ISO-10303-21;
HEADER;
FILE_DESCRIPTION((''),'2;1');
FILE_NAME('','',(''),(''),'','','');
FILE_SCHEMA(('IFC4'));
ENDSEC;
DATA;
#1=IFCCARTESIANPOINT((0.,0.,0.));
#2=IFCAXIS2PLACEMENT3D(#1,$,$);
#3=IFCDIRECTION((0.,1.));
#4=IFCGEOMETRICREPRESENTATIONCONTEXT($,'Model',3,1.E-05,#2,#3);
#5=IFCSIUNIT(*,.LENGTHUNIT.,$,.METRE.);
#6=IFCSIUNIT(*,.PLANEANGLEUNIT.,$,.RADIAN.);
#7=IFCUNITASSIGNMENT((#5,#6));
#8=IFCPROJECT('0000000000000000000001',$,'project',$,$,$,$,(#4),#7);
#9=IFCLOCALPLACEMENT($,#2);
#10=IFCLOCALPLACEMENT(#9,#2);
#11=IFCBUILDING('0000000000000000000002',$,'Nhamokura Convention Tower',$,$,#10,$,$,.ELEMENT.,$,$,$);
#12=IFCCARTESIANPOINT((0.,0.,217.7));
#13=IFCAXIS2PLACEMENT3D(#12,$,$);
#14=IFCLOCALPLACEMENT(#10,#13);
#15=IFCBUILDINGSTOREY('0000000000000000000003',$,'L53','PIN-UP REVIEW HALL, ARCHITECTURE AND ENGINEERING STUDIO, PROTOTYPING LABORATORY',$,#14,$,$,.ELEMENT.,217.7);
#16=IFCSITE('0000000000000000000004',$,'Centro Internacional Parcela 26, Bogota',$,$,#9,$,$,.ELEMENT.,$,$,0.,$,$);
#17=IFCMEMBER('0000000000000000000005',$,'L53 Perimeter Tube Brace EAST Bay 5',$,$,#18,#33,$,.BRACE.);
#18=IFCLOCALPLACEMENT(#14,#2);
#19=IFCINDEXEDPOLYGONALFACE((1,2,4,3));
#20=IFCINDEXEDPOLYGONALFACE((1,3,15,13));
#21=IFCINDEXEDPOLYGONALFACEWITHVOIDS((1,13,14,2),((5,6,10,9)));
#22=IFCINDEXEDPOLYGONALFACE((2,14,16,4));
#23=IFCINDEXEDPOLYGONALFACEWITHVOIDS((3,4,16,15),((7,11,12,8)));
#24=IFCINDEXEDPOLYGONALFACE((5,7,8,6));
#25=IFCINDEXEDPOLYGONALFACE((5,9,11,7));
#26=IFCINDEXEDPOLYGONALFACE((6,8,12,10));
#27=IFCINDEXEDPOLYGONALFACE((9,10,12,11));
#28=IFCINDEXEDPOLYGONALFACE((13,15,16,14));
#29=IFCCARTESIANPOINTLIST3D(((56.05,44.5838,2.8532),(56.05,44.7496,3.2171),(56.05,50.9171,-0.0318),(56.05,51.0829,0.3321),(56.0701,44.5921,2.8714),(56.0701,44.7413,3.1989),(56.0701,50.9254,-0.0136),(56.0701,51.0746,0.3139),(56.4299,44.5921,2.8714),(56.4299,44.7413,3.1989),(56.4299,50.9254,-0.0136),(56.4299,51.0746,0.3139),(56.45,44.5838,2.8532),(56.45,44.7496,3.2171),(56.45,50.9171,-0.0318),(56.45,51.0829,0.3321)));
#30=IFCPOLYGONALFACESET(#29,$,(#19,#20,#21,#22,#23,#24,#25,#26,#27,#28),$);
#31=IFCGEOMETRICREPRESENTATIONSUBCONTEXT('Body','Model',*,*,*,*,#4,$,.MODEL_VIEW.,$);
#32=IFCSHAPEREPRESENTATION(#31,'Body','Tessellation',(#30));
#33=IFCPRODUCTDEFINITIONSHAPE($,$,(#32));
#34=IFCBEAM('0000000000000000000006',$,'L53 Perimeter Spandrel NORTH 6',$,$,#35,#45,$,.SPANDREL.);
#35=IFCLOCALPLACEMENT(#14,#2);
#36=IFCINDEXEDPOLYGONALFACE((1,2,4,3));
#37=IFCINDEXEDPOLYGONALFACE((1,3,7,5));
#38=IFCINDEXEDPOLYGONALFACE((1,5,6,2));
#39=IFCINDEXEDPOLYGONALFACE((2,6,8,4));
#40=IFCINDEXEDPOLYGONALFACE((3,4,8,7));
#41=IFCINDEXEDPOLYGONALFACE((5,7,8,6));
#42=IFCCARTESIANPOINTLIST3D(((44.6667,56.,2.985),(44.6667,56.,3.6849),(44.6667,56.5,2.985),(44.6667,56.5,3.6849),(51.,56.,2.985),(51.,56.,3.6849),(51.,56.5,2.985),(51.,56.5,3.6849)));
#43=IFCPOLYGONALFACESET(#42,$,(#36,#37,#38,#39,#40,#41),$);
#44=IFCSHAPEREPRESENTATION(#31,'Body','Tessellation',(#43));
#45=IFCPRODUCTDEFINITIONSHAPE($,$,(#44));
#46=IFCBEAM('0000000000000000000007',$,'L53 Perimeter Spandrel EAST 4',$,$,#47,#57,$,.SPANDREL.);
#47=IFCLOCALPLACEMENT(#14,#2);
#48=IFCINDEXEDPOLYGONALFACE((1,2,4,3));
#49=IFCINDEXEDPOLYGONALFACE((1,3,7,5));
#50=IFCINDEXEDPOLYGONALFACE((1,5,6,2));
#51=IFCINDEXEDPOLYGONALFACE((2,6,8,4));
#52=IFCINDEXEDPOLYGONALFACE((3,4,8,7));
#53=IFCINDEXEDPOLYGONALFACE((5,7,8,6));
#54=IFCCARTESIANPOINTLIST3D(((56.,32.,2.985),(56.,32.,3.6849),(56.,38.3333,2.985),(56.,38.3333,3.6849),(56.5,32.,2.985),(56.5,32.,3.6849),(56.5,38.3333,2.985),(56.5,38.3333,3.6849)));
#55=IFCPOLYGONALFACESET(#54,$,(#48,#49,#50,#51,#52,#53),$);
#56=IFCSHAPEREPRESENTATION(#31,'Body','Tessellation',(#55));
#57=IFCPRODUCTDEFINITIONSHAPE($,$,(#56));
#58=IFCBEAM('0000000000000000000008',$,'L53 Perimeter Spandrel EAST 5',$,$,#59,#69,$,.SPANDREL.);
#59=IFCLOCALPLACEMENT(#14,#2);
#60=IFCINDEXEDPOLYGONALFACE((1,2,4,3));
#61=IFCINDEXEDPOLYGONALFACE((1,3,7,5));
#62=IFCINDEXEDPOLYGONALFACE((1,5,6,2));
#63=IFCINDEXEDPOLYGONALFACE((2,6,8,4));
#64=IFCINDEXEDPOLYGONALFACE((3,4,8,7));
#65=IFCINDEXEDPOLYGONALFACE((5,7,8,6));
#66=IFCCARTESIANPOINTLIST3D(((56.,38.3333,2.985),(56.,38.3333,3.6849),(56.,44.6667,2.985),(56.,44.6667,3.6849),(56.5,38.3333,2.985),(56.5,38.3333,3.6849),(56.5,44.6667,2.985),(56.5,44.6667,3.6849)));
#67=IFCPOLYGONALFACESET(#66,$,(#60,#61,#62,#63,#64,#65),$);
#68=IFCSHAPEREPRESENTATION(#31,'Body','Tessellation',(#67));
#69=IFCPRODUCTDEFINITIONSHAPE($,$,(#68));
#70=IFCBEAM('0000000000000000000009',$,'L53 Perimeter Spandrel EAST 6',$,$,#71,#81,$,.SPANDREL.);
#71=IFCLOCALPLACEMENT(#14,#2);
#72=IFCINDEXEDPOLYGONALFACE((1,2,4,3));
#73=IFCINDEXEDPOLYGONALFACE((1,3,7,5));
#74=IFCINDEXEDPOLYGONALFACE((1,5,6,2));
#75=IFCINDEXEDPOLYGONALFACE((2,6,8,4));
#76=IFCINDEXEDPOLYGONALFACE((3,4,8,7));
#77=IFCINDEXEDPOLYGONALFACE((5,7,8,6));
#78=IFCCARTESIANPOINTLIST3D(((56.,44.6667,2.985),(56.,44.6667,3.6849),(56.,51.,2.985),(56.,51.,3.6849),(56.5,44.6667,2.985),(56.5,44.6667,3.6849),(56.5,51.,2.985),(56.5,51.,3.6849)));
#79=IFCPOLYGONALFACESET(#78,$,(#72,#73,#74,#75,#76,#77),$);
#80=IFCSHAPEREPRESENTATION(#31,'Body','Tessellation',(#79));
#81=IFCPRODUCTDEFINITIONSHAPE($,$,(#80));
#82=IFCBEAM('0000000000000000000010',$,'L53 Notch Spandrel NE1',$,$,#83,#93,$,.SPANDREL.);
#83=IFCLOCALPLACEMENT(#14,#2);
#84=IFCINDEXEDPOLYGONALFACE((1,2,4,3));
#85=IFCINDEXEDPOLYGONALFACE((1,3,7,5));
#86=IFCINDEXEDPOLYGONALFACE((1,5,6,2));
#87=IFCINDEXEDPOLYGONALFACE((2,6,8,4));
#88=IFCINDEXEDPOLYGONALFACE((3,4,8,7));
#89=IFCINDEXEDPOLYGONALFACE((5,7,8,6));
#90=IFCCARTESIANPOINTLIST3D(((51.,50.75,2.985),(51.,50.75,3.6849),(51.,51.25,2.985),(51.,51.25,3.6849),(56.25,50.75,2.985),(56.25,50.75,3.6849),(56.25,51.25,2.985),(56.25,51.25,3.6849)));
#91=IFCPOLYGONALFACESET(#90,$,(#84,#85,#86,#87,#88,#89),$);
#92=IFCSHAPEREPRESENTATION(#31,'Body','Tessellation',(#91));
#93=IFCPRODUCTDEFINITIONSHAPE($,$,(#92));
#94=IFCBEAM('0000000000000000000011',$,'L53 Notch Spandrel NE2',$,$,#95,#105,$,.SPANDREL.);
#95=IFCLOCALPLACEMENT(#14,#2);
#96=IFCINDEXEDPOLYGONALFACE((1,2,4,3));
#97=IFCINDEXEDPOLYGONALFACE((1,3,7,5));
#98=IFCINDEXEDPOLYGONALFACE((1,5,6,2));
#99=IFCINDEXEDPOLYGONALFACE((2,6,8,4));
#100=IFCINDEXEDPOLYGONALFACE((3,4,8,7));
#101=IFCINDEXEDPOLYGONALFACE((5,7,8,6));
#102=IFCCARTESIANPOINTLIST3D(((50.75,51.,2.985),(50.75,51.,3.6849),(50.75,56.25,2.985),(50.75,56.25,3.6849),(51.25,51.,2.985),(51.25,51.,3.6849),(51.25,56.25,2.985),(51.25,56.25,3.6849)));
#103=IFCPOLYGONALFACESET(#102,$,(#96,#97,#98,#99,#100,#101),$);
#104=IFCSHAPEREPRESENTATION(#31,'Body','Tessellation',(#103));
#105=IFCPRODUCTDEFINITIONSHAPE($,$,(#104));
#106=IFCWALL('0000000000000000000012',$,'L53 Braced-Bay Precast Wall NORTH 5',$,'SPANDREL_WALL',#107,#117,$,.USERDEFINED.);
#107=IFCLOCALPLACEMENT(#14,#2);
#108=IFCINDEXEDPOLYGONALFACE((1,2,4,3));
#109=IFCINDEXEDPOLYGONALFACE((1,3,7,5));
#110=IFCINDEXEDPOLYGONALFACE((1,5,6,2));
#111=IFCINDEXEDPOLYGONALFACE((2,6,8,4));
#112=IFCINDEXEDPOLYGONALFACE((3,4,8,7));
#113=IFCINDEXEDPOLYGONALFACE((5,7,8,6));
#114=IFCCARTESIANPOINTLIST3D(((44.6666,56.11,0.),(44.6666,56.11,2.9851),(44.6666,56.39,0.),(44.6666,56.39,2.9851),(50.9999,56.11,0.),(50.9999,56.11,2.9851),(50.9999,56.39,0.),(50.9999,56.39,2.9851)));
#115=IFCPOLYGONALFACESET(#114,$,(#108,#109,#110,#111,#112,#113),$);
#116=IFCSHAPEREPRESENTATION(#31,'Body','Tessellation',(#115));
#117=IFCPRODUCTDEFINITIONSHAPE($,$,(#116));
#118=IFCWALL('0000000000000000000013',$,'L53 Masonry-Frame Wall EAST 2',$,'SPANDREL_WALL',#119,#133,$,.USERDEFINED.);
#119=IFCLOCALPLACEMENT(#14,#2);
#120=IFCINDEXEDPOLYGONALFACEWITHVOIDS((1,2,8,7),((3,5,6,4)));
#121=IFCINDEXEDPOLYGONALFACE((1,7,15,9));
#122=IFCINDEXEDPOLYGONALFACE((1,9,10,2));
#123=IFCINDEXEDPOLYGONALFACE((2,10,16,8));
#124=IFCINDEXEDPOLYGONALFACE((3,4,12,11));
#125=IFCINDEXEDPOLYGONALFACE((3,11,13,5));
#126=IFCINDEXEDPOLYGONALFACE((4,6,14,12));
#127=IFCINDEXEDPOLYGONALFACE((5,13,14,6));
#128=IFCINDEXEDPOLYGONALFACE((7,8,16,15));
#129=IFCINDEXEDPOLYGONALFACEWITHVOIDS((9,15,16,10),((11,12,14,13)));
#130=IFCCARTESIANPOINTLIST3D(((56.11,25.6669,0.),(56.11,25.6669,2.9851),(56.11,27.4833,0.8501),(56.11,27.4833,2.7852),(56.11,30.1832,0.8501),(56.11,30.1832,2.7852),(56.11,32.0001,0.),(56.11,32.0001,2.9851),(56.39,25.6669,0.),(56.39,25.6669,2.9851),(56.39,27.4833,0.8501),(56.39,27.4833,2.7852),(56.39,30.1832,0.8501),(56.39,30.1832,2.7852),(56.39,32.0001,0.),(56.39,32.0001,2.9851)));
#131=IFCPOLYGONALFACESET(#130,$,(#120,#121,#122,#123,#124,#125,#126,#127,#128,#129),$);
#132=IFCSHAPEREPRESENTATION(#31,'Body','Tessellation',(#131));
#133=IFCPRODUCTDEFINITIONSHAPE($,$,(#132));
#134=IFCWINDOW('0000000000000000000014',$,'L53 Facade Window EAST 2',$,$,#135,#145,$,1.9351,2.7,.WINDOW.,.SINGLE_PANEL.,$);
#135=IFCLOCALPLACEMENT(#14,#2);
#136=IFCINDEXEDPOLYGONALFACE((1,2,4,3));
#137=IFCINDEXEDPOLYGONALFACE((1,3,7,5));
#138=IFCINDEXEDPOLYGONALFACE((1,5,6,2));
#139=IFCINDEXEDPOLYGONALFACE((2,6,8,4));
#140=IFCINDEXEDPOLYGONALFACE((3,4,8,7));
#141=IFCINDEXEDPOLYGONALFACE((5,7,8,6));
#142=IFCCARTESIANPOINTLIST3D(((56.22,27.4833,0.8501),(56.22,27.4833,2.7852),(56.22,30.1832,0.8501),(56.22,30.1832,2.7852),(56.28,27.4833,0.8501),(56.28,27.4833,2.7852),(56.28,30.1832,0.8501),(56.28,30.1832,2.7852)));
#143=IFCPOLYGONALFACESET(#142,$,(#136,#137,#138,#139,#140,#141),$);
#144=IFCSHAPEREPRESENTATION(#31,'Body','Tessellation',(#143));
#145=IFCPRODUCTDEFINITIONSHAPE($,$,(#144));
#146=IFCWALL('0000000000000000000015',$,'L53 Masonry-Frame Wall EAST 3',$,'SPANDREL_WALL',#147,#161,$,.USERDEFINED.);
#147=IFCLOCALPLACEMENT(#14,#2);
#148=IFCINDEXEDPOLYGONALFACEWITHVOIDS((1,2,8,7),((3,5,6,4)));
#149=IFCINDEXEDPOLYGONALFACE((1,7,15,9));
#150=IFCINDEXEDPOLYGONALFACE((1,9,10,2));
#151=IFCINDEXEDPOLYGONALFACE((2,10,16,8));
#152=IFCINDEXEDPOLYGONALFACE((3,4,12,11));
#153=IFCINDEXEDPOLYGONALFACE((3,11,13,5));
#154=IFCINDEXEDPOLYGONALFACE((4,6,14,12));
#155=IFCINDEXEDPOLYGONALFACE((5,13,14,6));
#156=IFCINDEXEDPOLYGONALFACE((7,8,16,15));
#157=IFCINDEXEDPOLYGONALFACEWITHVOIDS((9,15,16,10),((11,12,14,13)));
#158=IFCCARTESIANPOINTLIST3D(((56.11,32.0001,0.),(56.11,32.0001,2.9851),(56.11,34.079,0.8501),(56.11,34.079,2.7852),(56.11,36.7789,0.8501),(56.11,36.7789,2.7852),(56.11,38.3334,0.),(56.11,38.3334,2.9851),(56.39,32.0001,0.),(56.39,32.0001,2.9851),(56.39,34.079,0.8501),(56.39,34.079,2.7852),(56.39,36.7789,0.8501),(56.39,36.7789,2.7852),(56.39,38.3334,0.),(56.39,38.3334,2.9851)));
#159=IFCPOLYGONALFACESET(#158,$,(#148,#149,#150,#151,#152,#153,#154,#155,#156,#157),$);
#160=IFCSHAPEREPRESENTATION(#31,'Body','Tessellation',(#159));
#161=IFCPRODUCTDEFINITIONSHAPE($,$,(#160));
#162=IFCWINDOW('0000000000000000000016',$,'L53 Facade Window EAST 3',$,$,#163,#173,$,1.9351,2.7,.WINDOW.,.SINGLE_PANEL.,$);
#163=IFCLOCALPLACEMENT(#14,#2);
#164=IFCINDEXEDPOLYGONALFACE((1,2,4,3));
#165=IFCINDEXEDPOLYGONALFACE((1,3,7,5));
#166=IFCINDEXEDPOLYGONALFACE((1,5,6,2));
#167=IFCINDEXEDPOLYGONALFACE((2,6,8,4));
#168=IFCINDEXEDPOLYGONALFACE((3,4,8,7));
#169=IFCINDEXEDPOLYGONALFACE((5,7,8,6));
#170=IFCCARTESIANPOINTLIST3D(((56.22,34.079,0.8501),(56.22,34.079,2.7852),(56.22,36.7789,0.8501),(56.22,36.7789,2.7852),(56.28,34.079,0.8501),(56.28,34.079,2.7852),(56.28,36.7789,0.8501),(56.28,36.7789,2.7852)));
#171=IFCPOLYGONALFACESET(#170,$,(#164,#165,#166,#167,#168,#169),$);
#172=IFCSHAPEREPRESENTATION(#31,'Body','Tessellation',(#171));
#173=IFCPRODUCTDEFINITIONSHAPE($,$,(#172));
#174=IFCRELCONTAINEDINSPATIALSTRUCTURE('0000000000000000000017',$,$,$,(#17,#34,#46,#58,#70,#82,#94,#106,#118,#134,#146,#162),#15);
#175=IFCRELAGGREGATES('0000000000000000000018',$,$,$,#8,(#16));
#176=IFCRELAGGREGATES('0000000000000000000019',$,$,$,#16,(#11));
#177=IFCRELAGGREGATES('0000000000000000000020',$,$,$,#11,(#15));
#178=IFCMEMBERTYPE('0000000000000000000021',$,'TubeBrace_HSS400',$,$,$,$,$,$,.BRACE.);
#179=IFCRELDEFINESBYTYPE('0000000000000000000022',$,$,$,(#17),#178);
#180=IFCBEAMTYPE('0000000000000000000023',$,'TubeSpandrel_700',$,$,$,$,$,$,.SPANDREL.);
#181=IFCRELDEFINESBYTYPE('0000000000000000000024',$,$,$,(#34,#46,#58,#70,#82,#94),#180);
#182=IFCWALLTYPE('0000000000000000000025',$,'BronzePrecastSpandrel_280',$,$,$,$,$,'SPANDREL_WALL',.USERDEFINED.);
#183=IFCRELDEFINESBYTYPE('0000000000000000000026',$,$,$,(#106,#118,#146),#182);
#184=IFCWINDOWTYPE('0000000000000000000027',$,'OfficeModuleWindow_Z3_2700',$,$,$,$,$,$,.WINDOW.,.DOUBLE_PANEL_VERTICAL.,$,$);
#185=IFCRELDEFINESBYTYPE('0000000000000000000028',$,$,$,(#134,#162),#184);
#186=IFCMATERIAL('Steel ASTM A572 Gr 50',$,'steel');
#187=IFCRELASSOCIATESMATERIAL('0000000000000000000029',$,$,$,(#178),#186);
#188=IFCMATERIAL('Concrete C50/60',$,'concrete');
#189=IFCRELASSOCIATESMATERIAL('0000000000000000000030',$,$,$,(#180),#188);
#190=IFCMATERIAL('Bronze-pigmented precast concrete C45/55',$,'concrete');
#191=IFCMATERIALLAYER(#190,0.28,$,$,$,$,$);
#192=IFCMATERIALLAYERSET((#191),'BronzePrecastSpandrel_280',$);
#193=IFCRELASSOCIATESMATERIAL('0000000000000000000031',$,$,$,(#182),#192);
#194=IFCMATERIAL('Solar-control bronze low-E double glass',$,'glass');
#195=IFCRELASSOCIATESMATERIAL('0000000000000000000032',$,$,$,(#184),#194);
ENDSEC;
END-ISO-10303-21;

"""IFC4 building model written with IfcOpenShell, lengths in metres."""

from ifc_helpers import new_model, si_unit, direction, frame, frame_2d, origin, origin_2d, place, context, subcontext, project, spatial, rectangle, hollow_rectangle, extrude, material, layer, layer_set, material_profile, profile_set, type_object, element, fill, save


model = new_model("IFC4")

# Units and contexts
model_context = context("Model", 3, precision=1e-05, world=origin(), true_north=direction((0.0, 1.0)))
body_context = subcontext(model_context, "Body", "Model", "MODEL_VIEW")
ifc_project = project(units=[si_unit("LENGTHUNIT", "METRE"), si_unit("PLANEANGLEUNIT", "RADIAN")], contexts=[model_context])

# Site, building, storey
site_placement = place(None, origin())
site = spatial("IfcSite", under=ifc_project, at=site_placement, Name="Centro Internacional Parcela 26, Bogota", CompositionType="ELEMENT", RefElevation=0.0)
building_placement = place(site_placement, origin())
building = spatial("IfcBuilding", under=site, at=building_placement, Name="Nhamokura Convention Tower", CompositionType="ELEMENT")
storey_placement = place(building_placement, frame((0.0, 0.0, 217.7)))
storey = spatial("IfcBuildingStorey", under=building, at=storey_placement, Name="L53", Description="PIN-UP REVIEW HALL, ARCHITECTURE AND ENGINEERING STUDIO, PROTOTYPING LABORATORY", CompositionType="ELEMENT", Elevation=217.7)

# Member
ifc_material_1 = material(Name="Steel ASTM A572 Gr 50", Category="steel")
ifc_material_profile_1 = material_profile(ifc_material_1, hollow_rectangle(XDim=0.3999, YDim=0.3999, WallThickness=0.02, at=origin_2d()))
ifc_profile_set_1 = profile_set([ifc_material_profile_1], Name="Steel ASTM A572 Gr 50")
member_type_1 = type_object("IfcMemberType", Name="TubeBrace_HSS400", PredefinedType="BRACE", material=ifc_profile_set_1)
for number, where, z_axis, x_axis, name in (
    (1, (56.25, 51.0, 0.1501), (0.0, -0.910027, 0.414548), (1.0, 0.0, 0.0), "L53 Perimeter Tube Brace EAST Bay 5"),
):
    element("IfcMember", number, at=place(storey_placement, frame(where, z_axis=z_axis, x_axis=x_axis)), inside=storey, type_object=member_type_1, Name=name, PredefinedType="BRACE", context=body_context, shape_type="SweptSolid", body=[
        extrude(hollow_rectangle(XDim=0.3999, YDim=0.3999, WallThickness=0.02, at=origin_2d()), origin(), (0.0, 0.0, 1.0), 6.9595),
    ])

# Beams
ifc_material_2 = material(Name="Concrete C50/60", Category="concrete")
ifc_material_profile_2 = material_profile(ifc_material_2, rectangle(XDim=0.5, YDim=0.7, at=origin_2d()))
ifc_profile_set_2 = profile_set([ifc_material_profile_2], Name="Concrete C50/60")
beam_type_1 = type_object("IfcBeamType", Name="TubeSpandrel_700", PredefinedType="SPANDREL", material=ifc_profile_set_2)
for number, where, z_axis, x_axis, name in (
    (2, (44.6667, 56.25, 3.335), (1.0, 0.0, 0.0), (0.0, 1.0, 0.0), "L53 Perimeter Spandrel NORTH 6"),
    (3, (56.25, 32.0, 3.335), (0.0, 1.0, 0.0), (-1.0, 0.0, 0.0), "L53 Perimeter Spandrel EAST 4"),
):
    element("IfcBeam", number, at=place(storey_placement, frame(where, z_axis=z_axis, x_axis=x_axis)), inside=storey, type_object=beam_type_1, Name=name, PredefinedType="SPANDREL", context=body_context, shape_type="SweptSolid", body=[
        extrude(rectangle(XDim=0.5, YDim=0.7, at=origin_2d()), origin(), (0.0, 0.0, 1.0), 6.3333),
    ])
beam_1_placement = place(storey_placement, frame((56.25, 38.3333, 3.335), z_axis=(0.0, 1.0, 0.0), x_axis=(-1.0, 0.0, 0.0)))
element("IfcBeam", 4, at=beam_1_placement, inside=storey, type_object=beam_type_1, Name="L53 Perimeter Spandrel EAST 5", PredefinedType="SPANDREL", context=body_context, shape_type="SweptSolid", body=[
    extrude(rectangle(XDim=0.5, YDim=0.7, at=origin_2d()), origin(), (0.0, 0.0, 1.0), 6.3335),
])
beam_2_placement = place(storey_placement, frame((56.25, 44.6667, 3.335), z_axis=(0.0, 1.0, 0.0), x_axis=(-1.0, 0.0, 0.0)))
element("IfcBeam", 5, at=beam_2_placement, inside=storey, type_object=beam_type_1, Name="L53 Perimeter Spandrel EAST 6", PredefinedType="SPANDREL", context=body_context, shape_type="SweptSolid", body=[
    extrude(rectangle(XDim=0.5, YDim=0.7, at=origin_2d()), origin(), (0.0, 0.0, 1.0), 6.3333),
])
for number, where, z_axis, x_axis, name in (
    (6, (56.25, 51.0, 3.335), (-1.0, 0.0, 0.0), (0.0, -1.0, 0.0), "L53 Notch Spandrel NE1"),
    (7, (51.0, 51.0, 3.335), (0.0, 1.0, 0.0), (-1.0, 0.0, 0.0), "L53 Notch Spandrel NE2"),
):
    element("IfcBeam", number, at=place(storey_placement, frame(where, z_axis=z_axis, x_axis=x_axis)), inside=storey, type_object=beam_type_1, Name=name, PredefinedType="SPANDREL", context=body_context, shape_type="SweptSolid", body=[
        extrude(rectangle(XDim=0.5, YDim=0.7, at=origin_2d()), origin(), (0.0, 0.0, 1.0), 5.25),
    ])

# Wall
ifc_material_3 = material(Name="Bronze-pigmented precast concrete C45/55", Category="concrete")
ifc_layer_1 = layer(ifc_material_3, 0.28)
ifc_layer_set_1 = layer_set([ifc_layer_1], Name="BronzePrecastSpandrel_280")
wall_type_1 = type_object("IfcWallType", Name="BronzePrecastSpandrel_280", ElementType="SPANDREL_WALL", PredefinedType="USERDEFINED", material=ifc_layer_set_1)
wall_1_placement = place(storey_placement, frame((44.6667, 56.25, 0.0), z_axis=(0.0, 0.0, 1.0), x_axis=(1.0, 0.0, 0.0)))
element("IfcWall", 8, at=wall_1_placement, inside=storey, type_object=wall_type_1, Name="L53 Braced-Bay Precast Wall NORTH 5", ObjectType="SPANDREL_WALL", PredefinedType="USERDEFINED", context=body_context, shape_type="SweptSolid", body=[
    extrude(rectangle(XDim=6.3333, YDim=0.28, at=frame_2d((3.1665, 0.0))), origin(), (0.0, 0.0, 1.0), 2.9851),
])

# Walls, openings, windows
wall_2_placement = place(storey_placement, frame((56.25, 32.0, 0.0), z_axis=(0.0, 0.0, 1.0), x_axis=(0.0, -1.0, 0.0)))
wall_2 = element("IfcWall", 9, at=wall_2_placement, inside=storey, type_object=wall_type_1, Name="L53 Masonry-Frame Wall EAST 2", ObjectType="SPANDREL_WALL", PredefinedType="USERDEFINED", context=body_context, shape_type="SweptSolid", body=[
    extrude(rectangle(XDim=6.3333, YDim=0.28, at=frame_2d((3.1665, 0.0))), origin(), (0.0, 0.0, 1.0), 2.9851),
])
opening_1_placement = place(wall_2_placement, frame((1.8167, 0.0, 0.8501)))
opening_1 = element("IfcOpeningElement", 10, at=opening_1_placement, cuts=wall_2, PredefinedType="OPENING", context=body_context, shape_type="SweptSolid", body=[
    extrude(rectangle(XDim=2.7, YDim=1.9351, at=frame_2d((1.3501, 0.9675))), frame((0.0, 0.1499, 0.0), z_axis=(0.0, -1.0, 0.0), x_axis=(1.0, 0.0, 0.0)), (0.0, 0.0, 1.0), 0.3),
])
ifc_material_4 = material(Name="Solar-control bronze low-E double glass", Category="glass")
window_type_1 = type_object("IfcWindowType", Name="OfficeModuleWindow_Z3_2700", PartitioningType="DOUBLE_PANEL_VERTICAL", PredefinedType="WINDOW", material=ifc_material_4)
window_1_placement = place(opening_1_placement, origin())
window_1 = element("IfcWindow", 11, at=window_1_placement, inside=storey, type_object=window_type_1, Name="L53 Facade Window EAST 2", OverallHeight=1.9351, OverallWidth=2.7, PartitioningType="SINGLE_PANEL", PredefinedType="WINDOW", context=body_context, shape_type="SweptSolid", body=[
    extrude(rectangle(XDim=2.7, YDim=1.9351, at=frame_2d((1.3501, 0.9675))), frame((0.0, 0.03, 0.0), z_axis=(0.0, -1.0, 0.0), x_axis=(1.0, 0.0, 0.0)), (0.0, 0.0, 1.0), 0.0601),
])
fill(opening_1, window_1)
wall_3_placement = place(storey_placement, frame((56.25, 38.3333, 0.0), z_axis=(0.0, 0.0, 1.0), x_axis=(0.0, -1.0, 0.0)))
wall_3 = element("IfcWall", 12, at=wall_3_placement, inside=storey, type_object=wall_type_1, Name="L53 Masonry-Frame Wall EAST 3", ObjectType="SPANDREL_WALL", PredefinedType="USERDEFINED", context=body_context, shape_type="SweptSolid", body=[
    extrude(rectangle(XDim=6.3333, YDim=0.28, at=frame_2d((3.1665, 0.0))), origin(), (0.0, 0.0, 1.0), 2.9851),
])
opening_2_placement = place(wall_3_placement, frame((1.5542, 0.0, 0.8501)))
opening_2 = element("IfcOpeningElement", 13, at=opening_2_placement, cuts=wall_3, PredefinedType="OPENING", context=body_context, shape_type="SweptSolid", body=[
    extrude(rectangle(XDim=2.7, YDim=1.9351, at=frame_2d((1.3501, 0.9675))), frame((0.0, 0.1499, 0.0), z_axis=(0.0, -1.0, 0.0), x_axis=(1.0, 0.0, 0.0)), (0.0, 0.0, 1.0), 0.3),
])
window_2_placement = place(opening_2_placement, origin())
window_2 = element("IfcWindow", 14, at=window_2_placement, inside=storey, type_object=window_type_1, Name="L53 Facade Window EAST 3", OverallHeight=1.9351, OverallWidth=2.7, PartitioningType="SINGLE_PANEL", PredefinedType="WINDOW", context=body_context, shape_type="SweptSolid", body=[
    extrude(rectangle(XDim=2.7, YDim=1.9351, at=frame_2d((1.3501, 0.9675))), frame((0.0, 0.03, 0.0), z_axis=(0.0, -1.0, 0.0), x_axis=(1.0, 0.0, 0.0)), (0.0, 0.0, 1.0), 0.0601),
])
fill(opening_2, window_2)

save(model, "model.ifc")
